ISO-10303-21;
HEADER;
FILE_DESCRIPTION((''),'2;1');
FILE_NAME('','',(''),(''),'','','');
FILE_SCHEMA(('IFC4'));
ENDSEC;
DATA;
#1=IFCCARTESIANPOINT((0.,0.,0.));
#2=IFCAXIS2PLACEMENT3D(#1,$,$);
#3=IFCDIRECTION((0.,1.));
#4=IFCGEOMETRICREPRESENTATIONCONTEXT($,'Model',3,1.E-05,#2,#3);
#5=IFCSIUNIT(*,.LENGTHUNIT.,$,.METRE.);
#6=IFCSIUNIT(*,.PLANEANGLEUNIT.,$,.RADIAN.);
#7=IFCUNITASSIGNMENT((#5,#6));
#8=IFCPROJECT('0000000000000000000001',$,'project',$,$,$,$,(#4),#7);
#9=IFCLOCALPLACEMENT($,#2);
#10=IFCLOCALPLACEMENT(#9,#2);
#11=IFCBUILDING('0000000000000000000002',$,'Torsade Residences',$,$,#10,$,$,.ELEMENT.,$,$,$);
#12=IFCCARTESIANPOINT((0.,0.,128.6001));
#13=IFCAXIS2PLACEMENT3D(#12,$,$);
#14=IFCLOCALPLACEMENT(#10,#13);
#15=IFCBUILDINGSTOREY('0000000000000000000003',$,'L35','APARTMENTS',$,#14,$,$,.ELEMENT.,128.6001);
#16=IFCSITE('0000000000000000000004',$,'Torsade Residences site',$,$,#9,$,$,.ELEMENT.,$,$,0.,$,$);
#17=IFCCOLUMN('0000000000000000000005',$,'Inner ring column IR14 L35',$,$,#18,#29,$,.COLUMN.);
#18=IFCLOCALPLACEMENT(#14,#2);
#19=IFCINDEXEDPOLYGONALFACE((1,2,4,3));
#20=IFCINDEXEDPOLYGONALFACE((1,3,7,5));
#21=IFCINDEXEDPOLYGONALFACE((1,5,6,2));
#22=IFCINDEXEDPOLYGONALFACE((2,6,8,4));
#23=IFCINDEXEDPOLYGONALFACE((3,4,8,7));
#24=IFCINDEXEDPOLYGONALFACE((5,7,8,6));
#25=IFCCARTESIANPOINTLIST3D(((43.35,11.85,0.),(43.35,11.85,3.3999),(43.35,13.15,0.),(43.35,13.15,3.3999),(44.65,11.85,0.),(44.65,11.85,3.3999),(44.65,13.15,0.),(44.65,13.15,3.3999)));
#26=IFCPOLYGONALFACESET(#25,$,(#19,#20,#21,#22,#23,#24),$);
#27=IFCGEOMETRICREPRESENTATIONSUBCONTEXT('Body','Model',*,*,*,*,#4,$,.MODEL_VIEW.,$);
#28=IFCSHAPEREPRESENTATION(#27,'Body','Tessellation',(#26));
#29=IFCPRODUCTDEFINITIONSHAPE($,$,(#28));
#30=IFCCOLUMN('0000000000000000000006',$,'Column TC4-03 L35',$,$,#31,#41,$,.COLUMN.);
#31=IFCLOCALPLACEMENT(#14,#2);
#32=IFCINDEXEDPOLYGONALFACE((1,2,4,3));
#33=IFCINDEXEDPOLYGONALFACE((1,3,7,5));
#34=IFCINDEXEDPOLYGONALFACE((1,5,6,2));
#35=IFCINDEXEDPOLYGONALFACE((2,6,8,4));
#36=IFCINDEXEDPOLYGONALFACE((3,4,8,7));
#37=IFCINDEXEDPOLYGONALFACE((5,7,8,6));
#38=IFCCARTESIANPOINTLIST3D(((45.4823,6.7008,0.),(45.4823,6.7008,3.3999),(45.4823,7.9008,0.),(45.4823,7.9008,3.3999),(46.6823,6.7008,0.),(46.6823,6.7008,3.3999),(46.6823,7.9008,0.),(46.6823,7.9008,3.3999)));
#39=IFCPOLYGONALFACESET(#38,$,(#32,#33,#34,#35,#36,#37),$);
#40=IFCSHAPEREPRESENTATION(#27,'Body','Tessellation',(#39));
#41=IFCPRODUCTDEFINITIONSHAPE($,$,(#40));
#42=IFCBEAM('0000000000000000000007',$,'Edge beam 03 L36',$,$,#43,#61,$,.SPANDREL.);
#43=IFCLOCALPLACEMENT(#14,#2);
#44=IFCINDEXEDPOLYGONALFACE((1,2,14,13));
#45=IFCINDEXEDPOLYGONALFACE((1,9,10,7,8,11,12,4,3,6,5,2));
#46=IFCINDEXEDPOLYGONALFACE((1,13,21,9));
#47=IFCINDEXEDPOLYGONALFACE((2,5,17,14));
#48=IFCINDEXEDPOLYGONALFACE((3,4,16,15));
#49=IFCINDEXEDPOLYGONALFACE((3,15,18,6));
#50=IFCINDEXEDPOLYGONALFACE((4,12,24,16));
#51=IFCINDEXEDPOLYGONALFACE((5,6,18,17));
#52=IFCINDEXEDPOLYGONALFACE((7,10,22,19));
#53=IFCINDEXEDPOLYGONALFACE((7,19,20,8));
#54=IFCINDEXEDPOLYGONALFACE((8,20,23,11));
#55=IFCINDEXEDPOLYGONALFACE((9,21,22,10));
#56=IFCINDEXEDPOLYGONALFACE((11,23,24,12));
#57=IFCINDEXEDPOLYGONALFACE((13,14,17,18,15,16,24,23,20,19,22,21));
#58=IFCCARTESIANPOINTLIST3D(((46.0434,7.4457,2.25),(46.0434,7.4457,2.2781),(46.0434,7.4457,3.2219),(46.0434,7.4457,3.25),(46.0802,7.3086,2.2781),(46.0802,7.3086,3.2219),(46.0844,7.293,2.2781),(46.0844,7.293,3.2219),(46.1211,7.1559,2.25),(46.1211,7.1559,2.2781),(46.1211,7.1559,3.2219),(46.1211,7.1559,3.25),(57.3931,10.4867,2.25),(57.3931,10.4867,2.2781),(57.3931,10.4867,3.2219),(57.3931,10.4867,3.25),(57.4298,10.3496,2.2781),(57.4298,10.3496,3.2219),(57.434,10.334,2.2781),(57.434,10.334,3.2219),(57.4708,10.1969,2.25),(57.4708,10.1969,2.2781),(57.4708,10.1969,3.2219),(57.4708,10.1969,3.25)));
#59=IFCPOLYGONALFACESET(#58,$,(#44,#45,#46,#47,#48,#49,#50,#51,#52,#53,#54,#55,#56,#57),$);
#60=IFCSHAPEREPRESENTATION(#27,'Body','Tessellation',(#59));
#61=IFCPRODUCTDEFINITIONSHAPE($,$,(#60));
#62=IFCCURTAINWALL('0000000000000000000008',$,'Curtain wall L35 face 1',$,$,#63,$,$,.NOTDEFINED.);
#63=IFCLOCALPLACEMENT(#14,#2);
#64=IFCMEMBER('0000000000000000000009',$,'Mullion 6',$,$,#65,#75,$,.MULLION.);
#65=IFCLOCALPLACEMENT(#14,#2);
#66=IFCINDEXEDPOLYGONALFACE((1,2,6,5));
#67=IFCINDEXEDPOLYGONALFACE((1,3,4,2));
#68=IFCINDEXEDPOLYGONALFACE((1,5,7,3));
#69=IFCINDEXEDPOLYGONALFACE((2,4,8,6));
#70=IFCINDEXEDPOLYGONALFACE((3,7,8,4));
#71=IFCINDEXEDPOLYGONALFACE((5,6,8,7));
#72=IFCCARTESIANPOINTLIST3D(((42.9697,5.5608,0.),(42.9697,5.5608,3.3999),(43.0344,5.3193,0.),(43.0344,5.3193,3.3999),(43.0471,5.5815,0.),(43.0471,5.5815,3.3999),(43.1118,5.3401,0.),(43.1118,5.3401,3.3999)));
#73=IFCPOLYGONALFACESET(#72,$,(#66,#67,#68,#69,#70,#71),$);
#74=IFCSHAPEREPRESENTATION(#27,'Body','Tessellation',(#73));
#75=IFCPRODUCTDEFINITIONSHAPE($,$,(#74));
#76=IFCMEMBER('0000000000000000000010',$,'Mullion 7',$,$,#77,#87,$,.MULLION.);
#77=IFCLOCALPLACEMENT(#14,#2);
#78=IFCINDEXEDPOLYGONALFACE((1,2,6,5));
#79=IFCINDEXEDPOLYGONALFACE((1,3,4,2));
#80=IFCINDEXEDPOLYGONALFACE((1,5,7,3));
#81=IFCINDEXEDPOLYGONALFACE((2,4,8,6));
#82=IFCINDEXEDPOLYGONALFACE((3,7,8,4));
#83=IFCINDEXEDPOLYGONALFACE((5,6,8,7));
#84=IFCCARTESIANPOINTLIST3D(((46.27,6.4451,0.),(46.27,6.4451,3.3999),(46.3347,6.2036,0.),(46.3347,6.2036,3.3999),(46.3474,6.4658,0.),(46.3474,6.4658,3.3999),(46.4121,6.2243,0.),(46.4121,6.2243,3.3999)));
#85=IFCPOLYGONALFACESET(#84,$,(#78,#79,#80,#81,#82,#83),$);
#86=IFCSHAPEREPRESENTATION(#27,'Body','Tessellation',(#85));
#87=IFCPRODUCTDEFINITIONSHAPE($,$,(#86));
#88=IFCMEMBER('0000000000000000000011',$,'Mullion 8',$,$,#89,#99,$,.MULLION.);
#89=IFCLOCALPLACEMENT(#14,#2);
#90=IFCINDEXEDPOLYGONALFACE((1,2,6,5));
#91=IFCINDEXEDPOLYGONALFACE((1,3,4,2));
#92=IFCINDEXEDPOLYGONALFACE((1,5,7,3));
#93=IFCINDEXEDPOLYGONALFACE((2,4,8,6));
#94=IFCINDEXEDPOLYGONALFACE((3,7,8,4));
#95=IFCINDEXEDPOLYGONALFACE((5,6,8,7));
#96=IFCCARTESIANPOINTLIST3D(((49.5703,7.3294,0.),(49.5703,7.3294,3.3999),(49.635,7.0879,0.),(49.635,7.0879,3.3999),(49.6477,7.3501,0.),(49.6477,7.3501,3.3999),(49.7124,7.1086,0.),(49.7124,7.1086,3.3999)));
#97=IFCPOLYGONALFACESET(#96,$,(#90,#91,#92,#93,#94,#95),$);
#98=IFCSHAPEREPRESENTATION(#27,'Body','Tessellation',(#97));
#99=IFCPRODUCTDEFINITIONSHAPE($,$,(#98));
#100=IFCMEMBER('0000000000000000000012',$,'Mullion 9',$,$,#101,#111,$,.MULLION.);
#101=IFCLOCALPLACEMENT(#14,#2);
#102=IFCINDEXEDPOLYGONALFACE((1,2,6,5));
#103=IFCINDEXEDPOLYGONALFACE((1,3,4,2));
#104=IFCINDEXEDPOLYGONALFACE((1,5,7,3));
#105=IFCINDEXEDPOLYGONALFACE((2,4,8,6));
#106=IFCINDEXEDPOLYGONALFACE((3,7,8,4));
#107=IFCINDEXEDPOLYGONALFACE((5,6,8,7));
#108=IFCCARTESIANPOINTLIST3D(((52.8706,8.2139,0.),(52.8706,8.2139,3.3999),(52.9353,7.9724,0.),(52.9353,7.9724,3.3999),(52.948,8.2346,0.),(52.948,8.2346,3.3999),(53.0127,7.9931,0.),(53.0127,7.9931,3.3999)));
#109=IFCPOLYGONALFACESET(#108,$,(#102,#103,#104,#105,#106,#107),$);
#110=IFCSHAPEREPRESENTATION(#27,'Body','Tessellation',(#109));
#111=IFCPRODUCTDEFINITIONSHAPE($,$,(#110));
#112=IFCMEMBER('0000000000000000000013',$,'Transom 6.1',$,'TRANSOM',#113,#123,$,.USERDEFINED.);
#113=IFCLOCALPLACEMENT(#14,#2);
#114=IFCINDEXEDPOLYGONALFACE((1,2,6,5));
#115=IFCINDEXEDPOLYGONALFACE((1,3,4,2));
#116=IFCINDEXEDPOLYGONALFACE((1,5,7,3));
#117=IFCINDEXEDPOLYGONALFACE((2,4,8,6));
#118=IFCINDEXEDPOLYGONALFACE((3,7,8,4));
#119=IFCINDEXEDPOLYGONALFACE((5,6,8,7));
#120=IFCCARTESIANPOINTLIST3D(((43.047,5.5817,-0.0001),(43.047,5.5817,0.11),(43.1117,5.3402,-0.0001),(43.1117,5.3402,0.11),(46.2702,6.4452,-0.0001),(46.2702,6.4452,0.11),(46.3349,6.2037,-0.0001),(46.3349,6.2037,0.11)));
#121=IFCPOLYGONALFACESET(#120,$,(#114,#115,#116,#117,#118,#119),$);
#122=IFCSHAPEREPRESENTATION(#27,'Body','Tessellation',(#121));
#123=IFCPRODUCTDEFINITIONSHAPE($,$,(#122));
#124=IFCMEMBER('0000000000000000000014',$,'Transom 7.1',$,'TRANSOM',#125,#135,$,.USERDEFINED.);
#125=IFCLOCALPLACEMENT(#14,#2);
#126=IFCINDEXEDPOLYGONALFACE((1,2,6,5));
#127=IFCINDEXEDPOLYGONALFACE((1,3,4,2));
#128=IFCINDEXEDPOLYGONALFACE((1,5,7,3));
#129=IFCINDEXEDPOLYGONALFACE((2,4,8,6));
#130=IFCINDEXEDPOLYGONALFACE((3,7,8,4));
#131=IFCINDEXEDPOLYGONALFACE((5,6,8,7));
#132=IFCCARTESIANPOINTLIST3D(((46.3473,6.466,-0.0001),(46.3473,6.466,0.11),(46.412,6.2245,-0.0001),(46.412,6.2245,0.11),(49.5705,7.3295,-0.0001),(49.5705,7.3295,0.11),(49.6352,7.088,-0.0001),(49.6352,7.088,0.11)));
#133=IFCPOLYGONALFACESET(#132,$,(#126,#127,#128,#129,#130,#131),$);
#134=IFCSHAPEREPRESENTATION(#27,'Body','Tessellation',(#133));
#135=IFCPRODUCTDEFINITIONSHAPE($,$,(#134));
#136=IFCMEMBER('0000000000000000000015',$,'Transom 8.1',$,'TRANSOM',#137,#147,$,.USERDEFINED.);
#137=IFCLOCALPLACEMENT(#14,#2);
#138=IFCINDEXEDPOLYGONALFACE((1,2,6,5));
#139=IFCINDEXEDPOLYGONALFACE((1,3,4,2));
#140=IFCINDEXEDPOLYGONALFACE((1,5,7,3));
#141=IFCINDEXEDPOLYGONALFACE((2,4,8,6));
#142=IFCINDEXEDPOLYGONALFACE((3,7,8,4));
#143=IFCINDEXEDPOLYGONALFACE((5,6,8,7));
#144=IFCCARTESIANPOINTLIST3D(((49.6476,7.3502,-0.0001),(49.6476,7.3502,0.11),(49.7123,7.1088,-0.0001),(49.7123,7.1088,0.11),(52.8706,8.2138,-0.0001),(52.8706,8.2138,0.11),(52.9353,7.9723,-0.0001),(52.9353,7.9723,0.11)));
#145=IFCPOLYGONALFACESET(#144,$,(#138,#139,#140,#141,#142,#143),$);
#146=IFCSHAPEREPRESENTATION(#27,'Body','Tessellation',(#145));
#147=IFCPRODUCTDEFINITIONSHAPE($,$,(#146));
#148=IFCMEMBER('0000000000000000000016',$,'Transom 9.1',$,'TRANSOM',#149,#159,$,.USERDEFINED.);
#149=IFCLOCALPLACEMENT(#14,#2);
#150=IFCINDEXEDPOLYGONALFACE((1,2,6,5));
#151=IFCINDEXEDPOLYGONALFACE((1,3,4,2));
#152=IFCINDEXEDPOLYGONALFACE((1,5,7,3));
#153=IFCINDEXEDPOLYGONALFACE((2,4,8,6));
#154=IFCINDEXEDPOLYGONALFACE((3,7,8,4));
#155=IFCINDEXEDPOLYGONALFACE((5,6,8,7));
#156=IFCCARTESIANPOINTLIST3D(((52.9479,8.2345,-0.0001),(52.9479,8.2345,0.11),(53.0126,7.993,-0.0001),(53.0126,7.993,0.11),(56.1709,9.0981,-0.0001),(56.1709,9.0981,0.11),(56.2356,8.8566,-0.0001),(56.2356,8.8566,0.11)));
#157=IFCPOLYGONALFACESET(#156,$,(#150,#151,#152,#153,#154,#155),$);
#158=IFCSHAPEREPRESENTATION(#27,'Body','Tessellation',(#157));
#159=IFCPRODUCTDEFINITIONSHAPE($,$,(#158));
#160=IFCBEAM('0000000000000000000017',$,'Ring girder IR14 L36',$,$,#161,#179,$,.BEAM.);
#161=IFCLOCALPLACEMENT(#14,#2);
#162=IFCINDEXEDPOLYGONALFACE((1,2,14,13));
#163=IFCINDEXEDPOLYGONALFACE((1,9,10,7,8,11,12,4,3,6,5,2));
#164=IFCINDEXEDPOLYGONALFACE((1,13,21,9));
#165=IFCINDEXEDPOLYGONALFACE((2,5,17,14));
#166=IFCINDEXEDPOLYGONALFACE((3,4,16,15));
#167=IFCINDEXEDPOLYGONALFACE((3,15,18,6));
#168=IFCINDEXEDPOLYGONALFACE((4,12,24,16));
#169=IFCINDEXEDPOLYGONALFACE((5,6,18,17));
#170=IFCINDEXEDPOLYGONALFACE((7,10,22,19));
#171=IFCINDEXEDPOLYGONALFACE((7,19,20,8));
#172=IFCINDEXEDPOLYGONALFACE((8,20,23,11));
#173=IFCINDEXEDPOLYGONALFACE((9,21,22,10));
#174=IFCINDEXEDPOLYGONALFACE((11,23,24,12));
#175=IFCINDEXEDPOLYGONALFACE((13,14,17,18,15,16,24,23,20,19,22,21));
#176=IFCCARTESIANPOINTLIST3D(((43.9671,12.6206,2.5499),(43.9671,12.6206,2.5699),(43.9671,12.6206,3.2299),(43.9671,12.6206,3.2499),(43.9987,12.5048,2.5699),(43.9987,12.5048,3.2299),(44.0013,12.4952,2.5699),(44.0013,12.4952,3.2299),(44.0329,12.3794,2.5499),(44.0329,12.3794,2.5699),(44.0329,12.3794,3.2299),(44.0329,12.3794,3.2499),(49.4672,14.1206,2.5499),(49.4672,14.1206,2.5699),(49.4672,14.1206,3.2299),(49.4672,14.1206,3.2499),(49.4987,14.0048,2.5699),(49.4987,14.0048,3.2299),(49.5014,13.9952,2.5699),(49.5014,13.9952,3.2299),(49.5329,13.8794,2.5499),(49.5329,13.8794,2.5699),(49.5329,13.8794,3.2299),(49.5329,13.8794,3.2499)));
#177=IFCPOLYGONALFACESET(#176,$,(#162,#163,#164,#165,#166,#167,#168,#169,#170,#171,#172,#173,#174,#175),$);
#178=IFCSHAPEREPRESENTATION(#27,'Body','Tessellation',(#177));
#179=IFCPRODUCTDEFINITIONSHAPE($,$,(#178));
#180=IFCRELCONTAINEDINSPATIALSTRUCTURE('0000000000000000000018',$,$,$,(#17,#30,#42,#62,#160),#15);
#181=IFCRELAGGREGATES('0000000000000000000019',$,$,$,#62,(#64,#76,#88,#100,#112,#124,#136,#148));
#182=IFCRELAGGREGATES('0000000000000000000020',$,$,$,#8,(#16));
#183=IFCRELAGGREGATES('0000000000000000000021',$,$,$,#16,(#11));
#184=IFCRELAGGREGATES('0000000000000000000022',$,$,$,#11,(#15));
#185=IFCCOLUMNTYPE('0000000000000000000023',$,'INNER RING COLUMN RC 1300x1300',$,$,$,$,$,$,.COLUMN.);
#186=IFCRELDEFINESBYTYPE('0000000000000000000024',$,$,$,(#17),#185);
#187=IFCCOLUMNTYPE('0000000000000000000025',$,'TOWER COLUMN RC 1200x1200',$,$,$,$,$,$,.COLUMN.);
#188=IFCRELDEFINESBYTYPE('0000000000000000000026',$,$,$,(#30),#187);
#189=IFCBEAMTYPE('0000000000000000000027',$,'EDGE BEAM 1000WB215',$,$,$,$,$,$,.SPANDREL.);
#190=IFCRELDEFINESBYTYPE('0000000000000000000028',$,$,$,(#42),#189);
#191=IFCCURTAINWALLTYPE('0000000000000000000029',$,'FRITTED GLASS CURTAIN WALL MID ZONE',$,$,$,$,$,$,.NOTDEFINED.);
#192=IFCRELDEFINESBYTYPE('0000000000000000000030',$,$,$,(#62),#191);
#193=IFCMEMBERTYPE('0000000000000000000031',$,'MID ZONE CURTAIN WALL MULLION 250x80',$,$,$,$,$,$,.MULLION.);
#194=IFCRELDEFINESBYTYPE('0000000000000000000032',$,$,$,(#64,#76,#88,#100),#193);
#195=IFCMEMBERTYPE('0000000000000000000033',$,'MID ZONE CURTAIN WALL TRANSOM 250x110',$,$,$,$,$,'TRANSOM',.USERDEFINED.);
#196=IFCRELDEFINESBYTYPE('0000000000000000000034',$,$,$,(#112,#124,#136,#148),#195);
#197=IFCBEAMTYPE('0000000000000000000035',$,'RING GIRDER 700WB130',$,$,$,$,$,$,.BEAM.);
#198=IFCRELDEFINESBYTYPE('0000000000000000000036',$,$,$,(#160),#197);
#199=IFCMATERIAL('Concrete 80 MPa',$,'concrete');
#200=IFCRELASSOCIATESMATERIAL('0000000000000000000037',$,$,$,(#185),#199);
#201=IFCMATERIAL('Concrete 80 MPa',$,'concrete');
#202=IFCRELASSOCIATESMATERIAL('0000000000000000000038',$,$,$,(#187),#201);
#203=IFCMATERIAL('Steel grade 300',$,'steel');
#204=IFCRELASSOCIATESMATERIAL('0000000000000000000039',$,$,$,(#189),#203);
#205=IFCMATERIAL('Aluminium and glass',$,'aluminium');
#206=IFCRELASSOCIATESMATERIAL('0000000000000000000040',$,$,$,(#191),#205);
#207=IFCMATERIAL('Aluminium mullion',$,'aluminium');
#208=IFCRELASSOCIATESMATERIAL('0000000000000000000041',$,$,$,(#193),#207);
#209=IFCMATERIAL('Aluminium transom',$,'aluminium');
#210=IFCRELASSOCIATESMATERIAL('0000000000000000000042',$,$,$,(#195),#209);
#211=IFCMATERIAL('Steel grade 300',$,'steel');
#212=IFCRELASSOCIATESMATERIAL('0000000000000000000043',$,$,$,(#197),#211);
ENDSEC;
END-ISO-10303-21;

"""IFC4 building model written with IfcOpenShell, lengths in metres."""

from ifc_helpers import new_model, si_unit, direction, frame, origin, origin_2d, place, context, subcontext, project, spatial, rectangle, i_section, extrude, material, material_profile, profile_set, type_object, element, aggregate, save


model = new_model("IFC4")

# Units and contexts
model_context = context("Model", 3, precision=1e-05, world=origin(), true_north=direction((0.0, 1.0)))
body_context = subcontext(model_context, "Body", "Model", "MODEL_VIEW")
ifc_project = project(units=[si_unit("LENGTHUNIT", "METRE"), si_unit("PLANEANGLEUNIT", "RADIAN")], contexts=[model_context])

# Site, building, storey
site_placement = place(None, origin())
site = spatial("IfcSite", under=ifc_project, at=site_placement, Name="Torsade Residences site", CompositionType="ELEMENT", RefElevation=0.0)
building_placement = place(site_placement, origin())
building = spatial("IfcBuilding", under=site, at=building_placement, Name="Torsade Residences", CompositionType="ELEMENT")
storey_placement = place(building_placement, frame((0.0, 0.0, 128.6001)))
storey = spatial("IfcBuildingStorey", under=building, at=storey_placement, Name="L35", Description="APARTMENTS", CompositionType="ELEMENT", Elevation=128.6001)

# Columns
ifc_material_1 = material(Name="Concrete 80 MPa", Category="concrete")
ifc_material_profile_1 = material_profile(ifc_material_1, rectangle(XDim=1.3, YDim=1.3, at=origin_2d()), Name="RC 1300x1300")
ifc_profile_set_1 = profile_set([ifc_material_profile_1], Name="Concrete 80 MPa")
column_type_1 = type_object("IfcColumnType", Name="INNER RING COLUMN RC 1300x1300", PredefinedType="COLUMN", material=ifc_profile_set_1)
column_1_placement = place(storey_placement, frame((44.0, 12.5, 0.0), z_axis=(0.0, 0.0, 1.0), x_axis=(1.0, 0.0, 0.0)))
element("IfcColumn", 1, at=column_1_placement, inside=storey, type_object=column_type_1, Name="Inner ring column IR14 L35", PredefinedType="COLUMN", context=body_context, shape_type="SweptSolid", body=[
    extrude(rectangle(XDim=1.3, YDim=1.3, at=origin_2d()), origin(), (0.0, 0.0, 1.0), 3.3999),
])
ifc_material_2 = material(Name="Concrete 80 MPa", Category="concrete")
ifc_material_profile_2 = material_profile(ifc_material_2, rectangle(XDim=1.2, YDim=1.2, at=origin_2d()), Name="RC 1200x1200")
ifc_profile_set_2 = profile_set([ifc_material_profile_2], Name="Concrete 80 MPa")
column_type_2 = type_object("IfcColumnType", Name="TOWER COLUMN RC 1200x1200", PredefinedType="COLUMN", material=ifc_profile_set_2)
column_2_placement = place(storey_placement, frame((46.0823, 7.3008, 0.0), z_axis=(0.0, 0.0, 1.0), x_axis=(1.0, 0.0, 0.0)))
element("IfcColumn", 2, at=column_2_placement, inside=storey, type_object=column_type_2, Name="Column TC4-03 L35", PredefinedType="COLUMN", context=body_context, shape_type="SweptSolid", body=[
    extrude(rectangle(XDim=1.2, YDim=1.2, at=origin_2d()), origin(), (0.0, 0.0, 1.0), 3.3999),
])

# Beam
ifc_material_3 = material(Name="Steel grade 300", Category="steel")
ifc_material_profile_3 = material_profile(ifc_material_3, i_section(OverallWidth=0.3, OverallDepth=1.0, WebThickness=0.0161, FlangeThickness=0.0281, at=origin_2d()), Name="1000WB215")
ifc_profile_set_3 = profile_set([ifc_material_profile_3], Name="Steel grade 300")
beam_type_1 = type_object("IfcBeamType", Name="EDGE BEAM 1000WB215", PredefinedType="SPANDREL", material=ifc_profile_set_3)
beam_1_placement = place(storey_placement, frame((46.0823, 7.3008, 2.75), z_axis=(0.965928, 0.258811, 0.0), x_axis=(-0.258811, 0.965928, 0.0)))
element("IfcBeam", 3, at=beam_1_placement, inside=storey, type_object=beam_type_1, Name="Edge beam 03 L36", PredefinedType="SPANDREL", context=body_context, shape_type="SweptSolid", body=[
    extrude(i_section(OverallWidth=0.3, OverallDepth=1.0, WebThickness=0.0161, FlangeThickness=0.0281, at=origin_2d()), origin(), (0.0, 0.0, 1.0), 11.75),
])

# Curtain wall, members
ifc_material_4 = material(Name="Aluminium and glass", Category="aluminium")
curtain_wall_type = type_object("IfcCurtainWallType", Name="FRITTED GLASS CURTAIN WALL MID ZONE", PredefinedType="NOTDEFINED", material=ifc_material_4)
curtain_wall_placement = place(storey_placement, origin())
curtain_wall = element("IfcCurtainWall", 4, at=curtain_wall_placement, inside=storey, type_object=curtain_wall_type, Name="Curtain wall L35 face 1", PredefinedType="NOTDEFINED")
ifc_material_5 = material(Name="Aluminium mullion", Category="aluminium")
ifc_material_profile_4 = material_profile(ifc_material_5, rectangle(XDim=0.25, YDim=0.0801, at=origin_2d()), Name="MID ZONE CURTAIN WALL MULLION 250x80")
ifc_profile_set_4 = profile_set([ifc_material_profile_4], Name="Aluminium mullion")
member_type_1 = type_object("IfcMemberType", Name="MID ZONE CURTAIN WALL MULLION 250x80", PredefinedType="MULLION", material=ifc_profile_set_4)
member_1_placement = place(storey_placement, frame((43.0408, 5.4504, 0.0), z_axis=(0.0, 0.0, 1.0), x_axis=(-0.258819, 0.965926, 0.0)))
member_1 = element("IfcMember", 5, at=member_1_placement, type_object=member_type_1, Name="Mullion 6", PredefinedType="MULLION", context=body_context, shape_type="SweptSolid", body=[
    extrude(rectangle(XDim=0.25, YDim=0.0801, at=origin_2d()), origin(), (0.0, 0.0, 1.0), 3.3999),
])
member_2_placement = place(storey_placement, frame((46.3411, 6.3347, 0.0), z_axis=(0.0, 0.0, 1.0), x_axis=(-0.258819, 0.965926, 0.0)))
member_2 = element("IfcMember", 6, at=member_2_placement, type_object=member_type_1, Name="Mullion 7", PredefinedType="MULLION", context=body_context, shape_type="SweptSolid", body=[
    extrude(rectangle(XDim=0.25, YDim=0.0801, at=origin_2d()), origin(), (0.0, 0.0, 1.0), 3.3999),
])
member_3_placement = place(storey_placement, frame((49.6414, 7.219, 0.0), z_axis=(0.0, 0.0, 1.0), x_axis=(-0.258819, 0.965926, 0.0)))
member_3 = element("IfcMember", 7, at=member_3_placement, type_object=member_type_1, Name="Mullion 8", PredefinedType="MULLION", context=body_context, shape_type="SweptSolid", body=[
    extrude(rectangle(XDim=0.25, YDim=0.0801, at=origin_2d()), origin(), (0.0, 0.0, 1.0), 3.3999),
])
member_4_placement = place(storey_placement, frame((52.9417, 8.1035, 0.0), z_axis=(0.0, 0.0, 1.0), x_axis=(-0.258819, 0.965926, 0.0)))
member_4 = element("IfcMember", 8, at=member_4_placement, type_object=member_type_1, Name="Mullion 9", PredefinedType="MULLION", context=body_context, shape_type="SweptSolid", body=[
    extrude(rectangle(XDim=0.25, YDim=0.0801, at=origin_2d()), origin(), (0.0, 0.0, 1.0), 3.3999),
])
ifc_material_6 = material(Name="Aluminium transom", Category="aluminium")
ifc_material_profile_5 = material_profile(ifc_material_6, rectangle(XDim=0.25, YDim=0.1101, at=origin_2d()), Name="MID ZONE CURTAIN WALL TRANSOM 250x110")
ifc_profile_set_5 = profile_set([ifc_material_profile_5], Name="Aluminium transom")
member_type_2 = type_object("IfcMemberType", Name="MID ZONE CURTAIN WALL TRANSOM 250x110", ElementType="TRANSOM", PredefinedType="USERDEFINED", material=ifc_profile_set_5)
member_5_placement = place(storey_placement, frame((43.0793, 5.4609, 0.0549), z_axis=(0.965934, 0.258787, 0.0), x_axis=(-0.258787, 0.965934, 0.0)))
member_5 = element("IfcMember", 9, at=member_5_placement, type_object=member_type_2, Name="Transom 6.1", ObjectType="TRANSOM", PredefinedType="USERDEFINED", context=body_context, shape_type="SweptSolid", body=[
    extrude(rectangle(XDim=0.25, YDim=0.1101, at=origin_2d()), origin(), (0.0, 0.0, 1.0), 3.3369),
])
member_6_placement = place(storey_placement, frame((46.3796, 6.3452, 0.0549), z_axis=(0.965934, 0.258787, 0.0), x_axis=(-0.258787, 0.965934, 0.0)))
member_6 = element("IfcMember", 10, at=member_6_placement, type_object=member_type_2, Name="Transom 7.1", ObjectType="TRANSOM", PredefinedType="USERDEFINED", context=body_context, shape_type="SweptSolid", body=[
    extrude(rectangle(XDim=0.25, YDim=0.1101, at=origin_2d()), origin(), (0.0, 0.0, 1.0), 3.3369),
])
member_7_placement = place(storey_placement, frame((49.6799, 7.2295, 0.0549), z_axis=(0.965929, 0.258806, 0.0), x_axis=(-0.258806, 0.965929, 0.0)))
member_7 = element("IfcMember", 11, at=member_7_placement, type_object=member_type_2, Name="Transom 8.1", ObjectType="TRANSOM", PredefinedType="USERDEFINED", context=body_context, shape_type="SweptSolid", body=[
    extrude(rectangle(XDim=0.25, YDim=0.1101, at=origin_2d()), origin(), (0.0, 0.0, 1.0), 3.3367),
])
member_8_placement = place(storey_placement, frame((52.9802, 8.1138, 0.0549), z_axis=(0.965929, 0.258806, 0.0), x_axis=(-0.258806, 0.965929, 0.0)))
member_8 = element("IfcMember", 12, at=member_8_placement, type_object=member_type_2, Name="Transom 9.1", ObjectType="TRANSOM", PredefinedType="USERDEFINED", context=body_context, shape_type="SweptSolid", body=[
    extrude(rectangle(XDim=0.25, YDim=0.1101, at=origin_2d()), origin(), (0.0, 0.0, 1.0), 3.3367),
])

# Beam
ifc_material_7 = material(Name="Steel grade 300", Category="steel")
ifc_material_profile_6 = material_profile(ifc_material_7, i_section(OverallWidth=0.25, OverallDepth=0.7, WebThickness=0.01, FlangeThickness=0.02, at=origin_2d()), Name="700WB130")
ifc_profile_set_6 = profile_set([ifc_material_profile_6], Name="Steel grade 300")
beam_type_2 = type_object("IfcBeamType", Name="RING GIRDER 700WB130", PredefinedType="BEAM", material=ifc_profile_set_6)
beam_2_placement = place(storey_placement, frame((44.0, 12.5, 2.8999), z_axis=(0.964764, 0.263117, 0.0), x_axis=(-0.263117, 0.964764, 0.0)))
element("IfcBeam", 13, at=beam_2_placement, inside=storey, type_object=beam_type_2, Name="Ring girder IR14 L36", PredefinedType="BEAM", context=body_context, shape_type="SweptSolid", body=[
    extrude(i_section(OverallWidth=0.25, OverallDepth=0.7, WebThickness=0.01, FlangeThickness=0.02, at=origin_2d()), origin(), (0.0, 0.0, 1.0), 5.7009),
])

aggregate(curtain_wall, [member_1, member_2, member_3, member_4, member_5, member_6, member_7, member_8])

save(model, "model.ifc")
